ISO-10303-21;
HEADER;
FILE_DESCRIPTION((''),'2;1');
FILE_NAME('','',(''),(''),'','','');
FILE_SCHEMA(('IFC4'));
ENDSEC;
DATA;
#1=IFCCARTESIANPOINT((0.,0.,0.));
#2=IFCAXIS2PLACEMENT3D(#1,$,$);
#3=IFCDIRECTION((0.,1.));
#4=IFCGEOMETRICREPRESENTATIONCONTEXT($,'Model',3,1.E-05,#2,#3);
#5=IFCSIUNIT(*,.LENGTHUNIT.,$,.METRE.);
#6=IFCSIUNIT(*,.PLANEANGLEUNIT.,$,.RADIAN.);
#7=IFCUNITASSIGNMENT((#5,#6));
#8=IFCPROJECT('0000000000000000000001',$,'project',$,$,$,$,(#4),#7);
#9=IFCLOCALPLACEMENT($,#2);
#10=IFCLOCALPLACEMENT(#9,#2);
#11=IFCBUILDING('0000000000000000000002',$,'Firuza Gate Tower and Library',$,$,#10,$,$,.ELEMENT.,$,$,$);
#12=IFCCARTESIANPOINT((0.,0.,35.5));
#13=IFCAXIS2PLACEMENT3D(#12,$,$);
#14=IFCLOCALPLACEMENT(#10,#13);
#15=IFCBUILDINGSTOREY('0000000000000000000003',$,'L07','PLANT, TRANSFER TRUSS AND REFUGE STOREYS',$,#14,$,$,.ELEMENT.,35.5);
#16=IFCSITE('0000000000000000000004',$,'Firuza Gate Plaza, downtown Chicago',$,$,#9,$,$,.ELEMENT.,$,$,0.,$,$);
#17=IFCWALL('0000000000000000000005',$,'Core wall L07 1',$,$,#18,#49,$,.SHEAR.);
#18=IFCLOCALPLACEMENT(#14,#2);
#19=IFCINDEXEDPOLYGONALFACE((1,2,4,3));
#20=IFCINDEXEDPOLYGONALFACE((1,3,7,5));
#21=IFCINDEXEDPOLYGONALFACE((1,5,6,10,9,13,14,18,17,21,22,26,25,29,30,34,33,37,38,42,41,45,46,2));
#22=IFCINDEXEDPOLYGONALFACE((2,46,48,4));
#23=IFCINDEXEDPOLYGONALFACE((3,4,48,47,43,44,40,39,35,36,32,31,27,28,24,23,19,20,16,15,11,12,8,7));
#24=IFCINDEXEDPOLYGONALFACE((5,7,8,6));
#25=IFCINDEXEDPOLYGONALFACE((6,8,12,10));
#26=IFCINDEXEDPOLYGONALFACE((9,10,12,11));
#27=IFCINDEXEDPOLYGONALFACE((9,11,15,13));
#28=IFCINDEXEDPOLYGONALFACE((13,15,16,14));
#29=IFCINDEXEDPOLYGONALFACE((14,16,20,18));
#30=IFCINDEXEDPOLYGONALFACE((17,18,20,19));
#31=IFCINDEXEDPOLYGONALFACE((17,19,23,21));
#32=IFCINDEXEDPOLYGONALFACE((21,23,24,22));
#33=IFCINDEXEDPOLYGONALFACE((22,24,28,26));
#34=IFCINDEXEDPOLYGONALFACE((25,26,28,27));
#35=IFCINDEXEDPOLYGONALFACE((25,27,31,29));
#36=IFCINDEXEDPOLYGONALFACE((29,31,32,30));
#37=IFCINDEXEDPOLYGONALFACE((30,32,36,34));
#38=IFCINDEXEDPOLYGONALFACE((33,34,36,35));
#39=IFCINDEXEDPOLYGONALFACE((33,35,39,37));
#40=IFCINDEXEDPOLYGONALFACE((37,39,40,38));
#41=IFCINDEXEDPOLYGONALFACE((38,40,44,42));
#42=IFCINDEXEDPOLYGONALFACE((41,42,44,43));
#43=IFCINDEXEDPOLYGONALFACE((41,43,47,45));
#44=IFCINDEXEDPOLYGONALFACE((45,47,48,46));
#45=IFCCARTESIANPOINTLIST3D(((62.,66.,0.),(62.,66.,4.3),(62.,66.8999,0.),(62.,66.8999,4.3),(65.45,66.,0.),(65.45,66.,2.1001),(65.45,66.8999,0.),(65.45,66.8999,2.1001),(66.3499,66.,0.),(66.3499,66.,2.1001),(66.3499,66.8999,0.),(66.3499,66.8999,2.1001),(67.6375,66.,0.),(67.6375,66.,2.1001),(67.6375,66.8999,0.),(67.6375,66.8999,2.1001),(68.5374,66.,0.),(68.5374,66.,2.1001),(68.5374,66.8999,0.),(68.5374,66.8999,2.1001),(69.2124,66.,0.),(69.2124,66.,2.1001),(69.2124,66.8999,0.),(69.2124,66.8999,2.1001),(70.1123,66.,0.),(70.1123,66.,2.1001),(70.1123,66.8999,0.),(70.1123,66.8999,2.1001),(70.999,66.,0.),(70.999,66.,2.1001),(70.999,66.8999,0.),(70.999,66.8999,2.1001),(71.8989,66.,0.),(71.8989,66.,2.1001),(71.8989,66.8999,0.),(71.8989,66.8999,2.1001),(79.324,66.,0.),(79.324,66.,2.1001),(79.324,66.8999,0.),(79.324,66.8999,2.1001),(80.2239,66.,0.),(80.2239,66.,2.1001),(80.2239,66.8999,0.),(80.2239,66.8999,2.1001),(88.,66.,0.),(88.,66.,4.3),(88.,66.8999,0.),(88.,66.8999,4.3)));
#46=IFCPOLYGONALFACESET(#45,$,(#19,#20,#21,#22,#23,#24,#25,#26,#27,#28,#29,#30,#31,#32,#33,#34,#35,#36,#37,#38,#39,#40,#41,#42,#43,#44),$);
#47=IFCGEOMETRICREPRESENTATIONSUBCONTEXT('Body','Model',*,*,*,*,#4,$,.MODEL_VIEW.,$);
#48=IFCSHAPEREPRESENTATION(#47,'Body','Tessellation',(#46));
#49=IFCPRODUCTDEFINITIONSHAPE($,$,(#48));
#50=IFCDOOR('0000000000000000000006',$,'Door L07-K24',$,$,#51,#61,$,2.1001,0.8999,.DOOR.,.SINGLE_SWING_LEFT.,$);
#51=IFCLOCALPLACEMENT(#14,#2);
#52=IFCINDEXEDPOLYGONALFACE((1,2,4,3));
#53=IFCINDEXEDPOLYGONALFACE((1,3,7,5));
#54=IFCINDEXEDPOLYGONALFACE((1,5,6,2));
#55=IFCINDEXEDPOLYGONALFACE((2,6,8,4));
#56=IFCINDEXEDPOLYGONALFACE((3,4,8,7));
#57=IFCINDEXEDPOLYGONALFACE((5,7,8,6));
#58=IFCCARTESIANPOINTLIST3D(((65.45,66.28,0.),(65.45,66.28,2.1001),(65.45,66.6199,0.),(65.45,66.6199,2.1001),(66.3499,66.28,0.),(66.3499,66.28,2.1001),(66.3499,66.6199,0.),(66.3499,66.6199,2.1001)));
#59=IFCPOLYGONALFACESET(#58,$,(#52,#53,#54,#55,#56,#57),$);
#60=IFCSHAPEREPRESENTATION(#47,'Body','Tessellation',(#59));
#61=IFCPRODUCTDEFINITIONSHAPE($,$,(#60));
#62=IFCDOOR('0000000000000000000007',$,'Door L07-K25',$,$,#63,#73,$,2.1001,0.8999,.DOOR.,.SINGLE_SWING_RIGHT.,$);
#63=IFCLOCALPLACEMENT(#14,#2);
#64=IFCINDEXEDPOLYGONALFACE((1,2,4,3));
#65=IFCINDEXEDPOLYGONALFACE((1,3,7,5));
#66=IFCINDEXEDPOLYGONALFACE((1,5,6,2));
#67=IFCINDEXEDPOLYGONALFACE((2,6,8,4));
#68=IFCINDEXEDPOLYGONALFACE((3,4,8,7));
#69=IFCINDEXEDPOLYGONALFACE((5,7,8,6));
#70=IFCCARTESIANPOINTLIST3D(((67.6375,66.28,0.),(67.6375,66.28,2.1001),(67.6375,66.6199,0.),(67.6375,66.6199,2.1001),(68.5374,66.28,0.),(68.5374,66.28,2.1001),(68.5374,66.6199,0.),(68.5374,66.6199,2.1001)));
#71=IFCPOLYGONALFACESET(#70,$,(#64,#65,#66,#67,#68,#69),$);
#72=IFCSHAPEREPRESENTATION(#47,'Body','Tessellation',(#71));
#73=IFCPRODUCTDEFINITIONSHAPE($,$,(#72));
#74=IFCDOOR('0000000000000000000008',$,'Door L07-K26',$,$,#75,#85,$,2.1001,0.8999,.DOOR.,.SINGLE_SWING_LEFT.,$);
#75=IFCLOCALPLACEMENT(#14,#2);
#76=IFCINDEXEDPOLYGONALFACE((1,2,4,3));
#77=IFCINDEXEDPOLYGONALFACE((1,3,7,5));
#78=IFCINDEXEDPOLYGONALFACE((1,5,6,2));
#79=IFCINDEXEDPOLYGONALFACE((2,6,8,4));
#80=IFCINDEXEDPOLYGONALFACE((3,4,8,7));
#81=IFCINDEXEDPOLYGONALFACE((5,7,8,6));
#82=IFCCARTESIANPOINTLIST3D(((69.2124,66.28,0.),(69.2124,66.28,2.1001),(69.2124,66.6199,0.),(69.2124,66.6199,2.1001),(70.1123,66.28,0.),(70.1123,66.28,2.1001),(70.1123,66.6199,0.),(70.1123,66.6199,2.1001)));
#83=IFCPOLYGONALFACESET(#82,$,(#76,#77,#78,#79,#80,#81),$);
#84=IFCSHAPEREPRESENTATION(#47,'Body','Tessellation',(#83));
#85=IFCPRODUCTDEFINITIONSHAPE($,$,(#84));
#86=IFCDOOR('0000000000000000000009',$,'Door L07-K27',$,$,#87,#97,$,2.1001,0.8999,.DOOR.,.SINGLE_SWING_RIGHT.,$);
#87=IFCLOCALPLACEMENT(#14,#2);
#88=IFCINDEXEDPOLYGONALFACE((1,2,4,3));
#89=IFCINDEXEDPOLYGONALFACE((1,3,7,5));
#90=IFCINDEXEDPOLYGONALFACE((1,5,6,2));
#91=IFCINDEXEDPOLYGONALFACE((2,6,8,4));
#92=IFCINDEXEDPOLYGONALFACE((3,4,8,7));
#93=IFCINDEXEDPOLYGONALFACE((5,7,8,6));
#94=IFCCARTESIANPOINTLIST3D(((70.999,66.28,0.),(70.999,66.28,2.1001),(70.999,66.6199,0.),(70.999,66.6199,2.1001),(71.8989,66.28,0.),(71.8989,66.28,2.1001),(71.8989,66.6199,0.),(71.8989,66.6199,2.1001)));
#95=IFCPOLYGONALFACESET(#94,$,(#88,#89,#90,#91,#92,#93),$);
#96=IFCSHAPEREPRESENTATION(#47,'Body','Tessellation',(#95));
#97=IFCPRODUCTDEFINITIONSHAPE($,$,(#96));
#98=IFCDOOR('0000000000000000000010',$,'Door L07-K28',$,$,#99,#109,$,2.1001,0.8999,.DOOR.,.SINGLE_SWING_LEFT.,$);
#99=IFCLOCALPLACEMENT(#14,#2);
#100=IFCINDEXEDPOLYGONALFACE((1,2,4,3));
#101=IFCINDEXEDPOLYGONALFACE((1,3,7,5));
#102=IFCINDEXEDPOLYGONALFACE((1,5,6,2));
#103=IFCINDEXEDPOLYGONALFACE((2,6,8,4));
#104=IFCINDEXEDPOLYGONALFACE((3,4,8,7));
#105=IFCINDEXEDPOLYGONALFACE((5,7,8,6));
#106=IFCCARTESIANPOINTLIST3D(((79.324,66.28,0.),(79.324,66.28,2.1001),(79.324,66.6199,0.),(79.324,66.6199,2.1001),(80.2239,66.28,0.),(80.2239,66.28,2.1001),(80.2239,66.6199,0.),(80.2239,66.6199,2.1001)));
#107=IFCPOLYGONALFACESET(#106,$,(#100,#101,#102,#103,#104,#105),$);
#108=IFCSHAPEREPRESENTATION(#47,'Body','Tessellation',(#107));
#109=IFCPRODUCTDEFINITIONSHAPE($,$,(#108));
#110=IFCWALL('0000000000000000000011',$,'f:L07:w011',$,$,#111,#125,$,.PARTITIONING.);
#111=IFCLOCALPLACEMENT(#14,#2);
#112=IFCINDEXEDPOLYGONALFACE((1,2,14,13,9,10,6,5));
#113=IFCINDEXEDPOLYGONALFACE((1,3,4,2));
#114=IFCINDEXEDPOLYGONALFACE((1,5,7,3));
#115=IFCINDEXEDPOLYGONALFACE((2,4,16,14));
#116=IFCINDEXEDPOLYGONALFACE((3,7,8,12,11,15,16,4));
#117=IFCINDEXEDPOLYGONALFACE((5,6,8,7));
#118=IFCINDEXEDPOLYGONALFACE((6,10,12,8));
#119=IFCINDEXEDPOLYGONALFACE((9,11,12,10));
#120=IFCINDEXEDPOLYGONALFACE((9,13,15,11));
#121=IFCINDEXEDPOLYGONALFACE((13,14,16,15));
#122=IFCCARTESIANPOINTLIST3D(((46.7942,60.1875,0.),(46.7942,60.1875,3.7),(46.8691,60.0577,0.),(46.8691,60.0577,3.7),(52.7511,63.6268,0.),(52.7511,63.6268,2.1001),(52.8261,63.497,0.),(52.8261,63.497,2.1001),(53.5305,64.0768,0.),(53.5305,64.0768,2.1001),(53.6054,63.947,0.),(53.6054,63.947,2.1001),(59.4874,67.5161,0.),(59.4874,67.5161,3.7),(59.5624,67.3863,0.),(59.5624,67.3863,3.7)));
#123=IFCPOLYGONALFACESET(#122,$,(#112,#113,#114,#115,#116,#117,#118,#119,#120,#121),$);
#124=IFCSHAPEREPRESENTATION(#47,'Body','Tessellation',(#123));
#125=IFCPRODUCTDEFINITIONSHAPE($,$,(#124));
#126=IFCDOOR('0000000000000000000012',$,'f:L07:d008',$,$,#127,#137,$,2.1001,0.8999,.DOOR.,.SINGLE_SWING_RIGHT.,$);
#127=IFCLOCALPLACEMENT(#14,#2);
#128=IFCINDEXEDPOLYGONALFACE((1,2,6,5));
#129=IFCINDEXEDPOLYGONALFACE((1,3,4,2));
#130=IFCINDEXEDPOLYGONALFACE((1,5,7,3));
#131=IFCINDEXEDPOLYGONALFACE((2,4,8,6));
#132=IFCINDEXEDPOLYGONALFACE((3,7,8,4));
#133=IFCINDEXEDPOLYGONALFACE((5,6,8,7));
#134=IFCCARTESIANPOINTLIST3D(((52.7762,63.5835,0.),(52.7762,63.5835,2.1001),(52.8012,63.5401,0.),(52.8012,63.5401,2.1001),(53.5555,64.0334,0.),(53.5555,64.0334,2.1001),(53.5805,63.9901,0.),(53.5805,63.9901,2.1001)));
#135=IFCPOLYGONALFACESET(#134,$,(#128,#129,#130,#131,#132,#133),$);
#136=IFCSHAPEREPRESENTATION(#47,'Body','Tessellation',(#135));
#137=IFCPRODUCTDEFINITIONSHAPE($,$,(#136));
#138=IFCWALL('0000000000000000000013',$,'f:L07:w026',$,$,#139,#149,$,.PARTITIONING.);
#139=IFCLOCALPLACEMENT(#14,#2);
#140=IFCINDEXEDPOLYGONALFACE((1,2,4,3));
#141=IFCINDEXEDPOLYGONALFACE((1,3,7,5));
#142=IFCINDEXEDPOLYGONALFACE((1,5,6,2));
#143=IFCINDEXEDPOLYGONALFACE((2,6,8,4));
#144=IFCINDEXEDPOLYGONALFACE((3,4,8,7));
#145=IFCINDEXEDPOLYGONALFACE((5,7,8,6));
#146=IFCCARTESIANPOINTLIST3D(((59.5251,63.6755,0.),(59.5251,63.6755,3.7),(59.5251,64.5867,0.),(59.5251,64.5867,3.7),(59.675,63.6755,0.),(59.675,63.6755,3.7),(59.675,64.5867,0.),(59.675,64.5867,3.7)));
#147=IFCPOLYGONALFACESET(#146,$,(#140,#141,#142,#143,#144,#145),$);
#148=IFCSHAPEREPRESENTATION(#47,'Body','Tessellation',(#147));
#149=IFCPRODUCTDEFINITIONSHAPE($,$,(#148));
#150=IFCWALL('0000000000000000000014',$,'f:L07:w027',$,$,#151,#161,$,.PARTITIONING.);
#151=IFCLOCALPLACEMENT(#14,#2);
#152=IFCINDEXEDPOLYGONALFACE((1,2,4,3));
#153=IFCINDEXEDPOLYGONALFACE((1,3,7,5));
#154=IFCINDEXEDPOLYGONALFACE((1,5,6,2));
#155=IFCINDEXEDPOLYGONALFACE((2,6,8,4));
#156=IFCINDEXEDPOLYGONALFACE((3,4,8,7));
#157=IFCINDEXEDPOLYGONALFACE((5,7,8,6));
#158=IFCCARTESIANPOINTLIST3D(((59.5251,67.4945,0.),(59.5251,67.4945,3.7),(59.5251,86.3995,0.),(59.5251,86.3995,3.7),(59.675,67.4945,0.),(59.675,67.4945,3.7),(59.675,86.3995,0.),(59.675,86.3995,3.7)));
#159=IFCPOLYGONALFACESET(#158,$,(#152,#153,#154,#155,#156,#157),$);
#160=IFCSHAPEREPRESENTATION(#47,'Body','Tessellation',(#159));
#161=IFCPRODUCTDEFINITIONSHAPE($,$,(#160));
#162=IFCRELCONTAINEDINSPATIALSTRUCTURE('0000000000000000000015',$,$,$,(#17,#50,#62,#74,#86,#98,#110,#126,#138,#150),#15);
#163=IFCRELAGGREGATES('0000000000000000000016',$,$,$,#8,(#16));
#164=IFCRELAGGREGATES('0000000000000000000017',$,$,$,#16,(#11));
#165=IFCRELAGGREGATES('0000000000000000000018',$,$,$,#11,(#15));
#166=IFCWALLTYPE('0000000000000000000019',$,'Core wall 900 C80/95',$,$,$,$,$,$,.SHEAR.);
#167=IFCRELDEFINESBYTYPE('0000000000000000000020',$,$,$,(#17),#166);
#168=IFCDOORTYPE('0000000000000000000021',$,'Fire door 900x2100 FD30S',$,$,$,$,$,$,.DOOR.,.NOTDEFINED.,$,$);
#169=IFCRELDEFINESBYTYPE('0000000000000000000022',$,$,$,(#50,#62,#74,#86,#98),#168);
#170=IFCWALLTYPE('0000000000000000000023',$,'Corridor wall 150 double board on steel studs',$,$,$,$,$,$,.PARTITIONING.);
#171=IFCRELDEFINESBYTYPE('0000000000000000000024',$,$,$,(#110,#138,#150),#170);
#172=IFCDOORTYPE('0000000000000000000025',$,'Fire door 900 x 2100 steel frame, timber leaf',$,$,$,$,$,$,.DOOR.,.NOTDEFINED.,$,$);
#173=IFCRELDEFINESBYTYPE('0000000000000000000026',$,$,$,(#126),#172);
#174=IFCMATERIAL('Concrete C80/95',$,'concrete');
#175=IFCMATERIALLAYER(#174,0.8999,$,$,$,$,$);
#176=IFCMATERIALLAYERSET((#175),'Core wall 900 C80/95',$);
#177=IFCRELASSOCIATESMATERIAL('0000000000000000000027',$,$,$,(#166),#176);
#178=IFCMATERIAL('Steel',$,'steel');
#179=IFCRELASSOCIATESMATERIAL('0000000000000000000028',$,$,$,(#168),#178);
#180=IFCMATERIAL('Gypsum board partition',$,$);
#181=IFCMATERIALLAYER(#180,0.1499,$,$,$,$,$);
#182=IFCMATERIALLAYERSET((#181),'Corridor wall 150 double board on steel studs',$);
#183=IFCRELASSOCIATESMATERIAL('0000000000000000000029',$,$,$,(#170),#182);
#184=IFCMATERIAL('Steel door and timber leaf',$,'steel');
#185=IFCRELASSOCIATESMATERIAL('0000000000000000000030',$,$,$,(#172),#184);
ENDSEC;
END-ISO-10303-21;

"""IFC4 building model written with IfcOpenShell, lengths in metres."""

from ifc_helpers import new_model, si_unit, direction, frame, frame_2d, origin, place, context, subcontext, project, spatial, rectangle, extrude, material, layer, layer_set, type_object, element, fill, save


model = new_model("IFC4")

# Units and contexts
model_context = context("Model", 3, precision=1e-05, world=origin(), true_north=direction((0.0, 1.0)))
body_context = subcontext(model_context, "Body", "Model", "MODEL_VIEW")
ifc_project = project(units=[si_unit("LENGTHUNIT", "METRE"), si_unit("PLANEANGLEUNIT", "RADIAN")], contexts=[model_context])

# Site, building, storey
site_placement = place(None, origin())
site = spatial("IfcSite", under=ifc_project, at=site_placement, Name="Firuza Gate Plaza, downtown Chicago", CompositionType="ELEMENT", RefElevation=0.0)
building_placement = place(site_placement, origin())
building = spatial("IfcBuilding", under=site, at=building_placement, Name="Firuza Gate Tower and Library", CompositionType="ELEMENT")
storey_placement = place(building_placement, frame((0.0, 0.0, 35.5)))
storey = spatial("IfcBuildingStorey", under=building, at=storey_placement, Name="L07", Description="PLANT, TRANSFER TRUSS AND REFUGE STOREYS", CompositionType="ELEMENT", Elevation=35.5)

# Wall, openings, doors
ifc_material_1 = material(Name="Concrete C80/95", Category="concrete")
ifc_layer_1 = layer(ifc_material_1, 0.8999)
ifc_layer_set_1 = layer_set([ifc_layer_1], Name="Core wall 900 C80/95")
wall_type_1 = type_object("IfcWallType", Name="Core wall 900 C80/95", PredefinedType="SHEAR", material=ifc_layer_set_1)
wall_1_placement = place(storey_placement, frame((62.0, 66.45, 0.0), z_axis=(0.0, 0.0, 1.0), x_axis=(1.0, 0.0, 0.0)))
wall_1 = element("IfcWall", 1, at=wall_1_placement, inside=storey, type_object=wall_type_1, Name="Core wall L07 1", PredefinedType="SHEAR", context=body_context, shape_type="SweptSolid", body=[
    extrude(rectangle(XDim=26.0, YDim=0.8999, at=frame_2d((13.0, 0.0))), origin(), (0.0, 0.0, 1.0), 4.3),
])
opening_1_placement = place(wall_1_placement, frame((3.45, 0.0, 0.0)))
opening_1 = element("IfcOpeningElement", 2, at=opening_1_placement, cuts=wall_1, PredefinedType="OPENING", context=body_context, shape_type="SweptSolid", body=[
    extrude(rectangle(XDim=0.8999, YDim=2.1001, at=frame_2d((0.45, 1.05))), frame((0.0, 0.46, 0.0), z_axis=(0.0, -1.0, 0.0), x_axis=(1.0, 0.0, 0.0)), (0.0, 0.0, 1.0), 0.9199),
])
opening_2_placement = place(wall_1_placement, frame((5.6375, 0.0, 0.0)))
opening_2 = element("IfcOpeningElement", 3, at=opening_2_placement, cuts=wall_1, PredefinedType="OPENING", context=body_context, shape_type="SweptSolid", body=[
    extrude(rectangle(XDim=0.8999, YDim=2.1001, at=frame_2d((0.45, 1.05))), frame((0.0, 0.46, 0.0), z_axis=(0.0, -1.0, 0.0), x_axis=(1.0, 0.0, 0.0)), (0.0, 0.0, 1.0), 0.9199),
])
opening_3_placement = place(wall_1_placement, frame((7.2124, 0.0, 0.0)))
opening_3 = element("IfcOpeningElement", 4, at=opening_3_placement, cuts=wall_1, PredefinedType="OPENING", context=body_context, shape_type="SweptSolid", body=[
    extrude(rectangle(XDim=0.8999, YDim=2.1001, at=frame_2d((0.45, 1.05))), frame((0.0, 0.46, 0.0), z_axis=(0.0, -1.0, 0.0), x_axis=(1.0, 0.0, 0.0)), (0.0, 0.0, 1.0), 0.9199),
])
opening_4_placement = place(wall_1_placement, frame((8.999, 0.0, 0.0)))
opening_4 = element("IfcOpeningElement", 5, at=opening_4_placement, cuts=wall_1, PredefinedType="OPENING", context=body_context, shape_type="SweptSolid", body=[
    extrude(rectangle(XDim=0.8999, YDim=2.1001, at=frame_2d((0.45, 1.05))), frame((0.0, 0.46, 0.0), z_axis=(0.0, -1.0, 0.0), x_axis=(1.0, 0.0, 0.0)), (0.0, 0.0, 1.0), 0.9199),
])
opening_5_placement = place(wall_1_placement, frame((17.324, 0.0, 0.0)))
opening_5 = element("IfcOpeningElement", 6, at=opening_5_placement, cuts=wall_1, PredefinedType="OPENING", context=body_context, shape_type="SweptSolid", body=[
    extrude(rectangle(XDim=0.8999, YDim=2.1001, at=frame_2d((0.45, 1.05))), frame((0.0, 0.46, 0.0), z_axis=(0.0, -1.0, 0.0), x_axis=(1.0, 0.0, 0.0)), (0.0, 0.0, 1.0), 0.9199),
])
ifc_material_2 = material(Name="Steel", Category="steel")
door_type_1 = type_object("IfcDoorType", Name="Fire door 900x2100 FD30S", OperationType="NOTDEFINED", PredefinedType="DOOR", material=ifc_material_2)
door_1_placement = place(opening_1_placement, origin())
door_1 = element("IfcDoor", 7, at=door_1_placement, inside=storey, type_object=door_type_1, Name="Door L07-K24", OperationType="SINGLE_SWING_LEFT", OverallHeight=2.1001, OverallWidth=0.8999, PredefinedType="DOOR", context=body_context, shape_type="SweptSolid", body=[
    extrude(rectangle(XDim=0.8999, YDim=2.1001, at=frame_2d((0.45, 1.05))), frame((0.0, 0.1699, 0.0), z_axis=(0.0, -1.0, 0.0), x_axis=(1.0, 0.0, 0.0)), (0.0, 0.0, 1.0), 0.3398),
])
fill(opening_1, door_1)
door_2_placement = place(opening_2_placement, origin())
door_2 = element("IfcDoor", 8, at=door_2_placement, inside=storey, type_object=door_type_1, Name="Door L07-K25", OperationType="SINGLE_SWING_RIGHT", OverallHeight=2.1001, OverallWidth=0.8999, PredefinedType="DOOR", context=body_context, shape_type="SweptSolid", body=[
    extrude(rectangle(XDim=0.8999, YDim=2.1001, at=frame_2d((0.45, 1.05))), frame((0.0, 0.1699, 0.0), z_axis=(0.0, -1.0, 0.0), x_axis=(1.0, 0.0, 0.0)), (0.0, 0.0, 1.0), 0.3398),
])
fill(opening_2, door_2)
door_3_placement = place(opening_3_placement, origin())
door_3 = element("IfcDoor", 9, at=door_3_placement, inside=storey, type_object=door_type_1, Name="Door L07-K26", OperationType="SINGLE_SWING_LEFT", OverallHeight=2.1001, OverallWidth=0.8999, PredefinedType="DOOR", context=body_context, shape_type="SweptSolid", body=[
    extrude(rectangle(XDim=0.8999, YDim=2.1001, at=frame_2d((0.45, 1.05))), frame((0.0, 0.1699, 0.0), z_axis=(0.0, -1.0, 0.0), x_axis=(1.0, 0.0, 0.0)), (0.0, 0.0, 1.0), 0.3398),
])
fill(opening_3, door_3)
door_4_placement = place(opening_4_placement, origin())
door_4 = element("IfcDoor", 10, at=door_4_placement, inside=storey, type_object=door_type_1, Name="Door L07-K27", OperationType="SINGLE_SWING_RIGHT", OverallHeight=2.1001, OverallWidth=0.8999, PredefinedType="DOOR", context=body_context, shape_type="SweptSolid", body=[
    extrude(rectangle(XDim=0.8999, YDim=2.1001, at=frame_2d((0.45, 1.05))), frame((0.0, 0.1699, 0.0), z_axis=(0.0, -1.0, 0.0), x_axis=(1.0, 0.0, 0.0)), (0.0, 0.0, 1.0), 0.3398),
])
fill(opening_4, door_4)
door_5_placement = place(opening_5_placement, origin())
door_5 = element("IfcDoor", 11, at=door_5_placement, inside=storey, type_object=door_type_1, Name="Door L07-K28", OperationType="SINGLE_SWING_LEFT", OverallHeight=2.1001, OverallWidth=0.8999, PredefinedType="DOOR", context=body_context, shape_type="SweptSolid", body=[
    extrude(rectangle(XDim=0.8999, YDim=2.1001, at=frame_2d((0.45, 1.05))), frame((0.0, 0.1699, 0.0), z_axis=(0.0, -1.0, 0.0), x_axis=(1.0, 0.0, 0.0)), (0.0, 0.0, 1.0), 0.3398),
])
fill(opening_5, door_5)

# Wall, opening, door
ifc_material_3 = material(Name="Gypsum board partition")
ifc_layer_2 = layer(ifc_material_3, 0.1499)
ifc_layer_set_2 = layer_set([ifc_layer_2], Name="Corridor wall 150 double board on steel studs")
wall_type_2 = type_object("IfcWallType", Name="Corridor wall 150 double board on steel studs", PredefinedType="PARTITIONING", material=ifc_layer_set_2)
wall_2_placement = place(storey_placement, frame((46.8315, 60.1226, 0.0), z_axis=(0.0, 0.0, 1.0), x_axis=(0.866022, 0.500005, 0.0)))
wall_2 = element("IfcWall", 12, at=wall_2_placement, inside=storey, type_object=wall_type_2, Name="f:L07:w011", PredefinedType="PARTITIONING", context=body_context, shape_type="SweptSolid", body=[
    extrude(rectangle(XDim=14.657, YDim=0.1499, at=frame_2d((7.3286, 0.0))), origin(), (0.0, 0.0, 1.0), 3.7),
])
opening_6_placement = place(wall_2_placement, frame((6.8787, 0.0, 0.0)))
opening_6 = element("IfcOpeningElement", 13, at=opening_6_placement, cuts=wall_2, PredefinedType="OPENING", context=body_context, shape_type="SweptSolid", body=[
    extrude(rectangle(XDim=0.8999, YDim=2.1001, at=frame_2d((0.45, 1.05))), frame((0.0, 0.085, 0.0), z_axis=(0.0, -1.0, 0.0), x_axis=(1.0, 0.0, 0.0)), (0.0, 0.0, 1.0), 0.1699),
])
ifc_material_4 = material(Name="Steel door and timber leaf", Category="steel")
door_type_2 = type_object("IfcDoorType", Name="Fire door 900 x 2100 steel frame, timber leaf", OperationType="NOTDEFINED", PredefinedType="DOOR", material=ifc_material_4)
door_6_placement = place(opening_6_placement, origin())
door_6 = element("IfcDoor", 14, at=door_6_placement, inside=storey, type_object=door_type_2, Name="f:L07:d008", OperationType="SINGLE_SWING_RIGHT", OverallHeight=2.1001, OverallWidth=0.8999, PredefinedType="DOOR", context=body_context, shape_type="SweptSolid", body=[
    extrude(rectangle(XDim=0.8999, YDim=2.1001, at=frame_2d((0.45, 1.05))), frame((0.0, 0.0249, 0.0), z_axis=(0.0, -1.0, 0.0), x_axis=(1.0, 0.0, 0.0)), (0.0, 0.0, 1.0), 0.05),
])
fill(opening_6, door_6)

# Walls
wall_3_placement = place(storey_placement, frame((59.6001, 63.6755, 0.0), z_axis=(0.0, 0.0, 1.0), x_axis=(0.0, 1.0, 0.0)))
element("IfcWall", 15, at=wall_3_placement, inside=storey, type_object=wall_type_2, Name="f:L07:w026", PredefinedType="PARTITIONING", context=body_context, shape_type="SweptSolid", body=[
    extrude(rectangle(XDim=0.9111, YDim=0.1499, at=frame_2d((0.4556, 0.0))), origin(), (0.0, 0.0, 1.0), 3.7),
])
wall_4_placement = place(storey_placement, frame((59.6001, 67.4944, 0.0), z_axis=(0.0, 0.0, 1.0), x_axis=(0.0, 1.0, 0.0)))
element("IfcWall", 16, at=wall_4_placement, inside=storey, type_object=wall_type_2, Name="f:L07:w027", PredefinedType="PARTITIONING", context=body_context, shape_type="SweptSolid", body=[
    extrude(rectangle(XDim=18.905, YDim=0.1499, at=frame_2d((9.4526, 0.0))), origin(), (0.0, 0.0, 1.0), 3.7),
])

save(model, "model.ifc")
